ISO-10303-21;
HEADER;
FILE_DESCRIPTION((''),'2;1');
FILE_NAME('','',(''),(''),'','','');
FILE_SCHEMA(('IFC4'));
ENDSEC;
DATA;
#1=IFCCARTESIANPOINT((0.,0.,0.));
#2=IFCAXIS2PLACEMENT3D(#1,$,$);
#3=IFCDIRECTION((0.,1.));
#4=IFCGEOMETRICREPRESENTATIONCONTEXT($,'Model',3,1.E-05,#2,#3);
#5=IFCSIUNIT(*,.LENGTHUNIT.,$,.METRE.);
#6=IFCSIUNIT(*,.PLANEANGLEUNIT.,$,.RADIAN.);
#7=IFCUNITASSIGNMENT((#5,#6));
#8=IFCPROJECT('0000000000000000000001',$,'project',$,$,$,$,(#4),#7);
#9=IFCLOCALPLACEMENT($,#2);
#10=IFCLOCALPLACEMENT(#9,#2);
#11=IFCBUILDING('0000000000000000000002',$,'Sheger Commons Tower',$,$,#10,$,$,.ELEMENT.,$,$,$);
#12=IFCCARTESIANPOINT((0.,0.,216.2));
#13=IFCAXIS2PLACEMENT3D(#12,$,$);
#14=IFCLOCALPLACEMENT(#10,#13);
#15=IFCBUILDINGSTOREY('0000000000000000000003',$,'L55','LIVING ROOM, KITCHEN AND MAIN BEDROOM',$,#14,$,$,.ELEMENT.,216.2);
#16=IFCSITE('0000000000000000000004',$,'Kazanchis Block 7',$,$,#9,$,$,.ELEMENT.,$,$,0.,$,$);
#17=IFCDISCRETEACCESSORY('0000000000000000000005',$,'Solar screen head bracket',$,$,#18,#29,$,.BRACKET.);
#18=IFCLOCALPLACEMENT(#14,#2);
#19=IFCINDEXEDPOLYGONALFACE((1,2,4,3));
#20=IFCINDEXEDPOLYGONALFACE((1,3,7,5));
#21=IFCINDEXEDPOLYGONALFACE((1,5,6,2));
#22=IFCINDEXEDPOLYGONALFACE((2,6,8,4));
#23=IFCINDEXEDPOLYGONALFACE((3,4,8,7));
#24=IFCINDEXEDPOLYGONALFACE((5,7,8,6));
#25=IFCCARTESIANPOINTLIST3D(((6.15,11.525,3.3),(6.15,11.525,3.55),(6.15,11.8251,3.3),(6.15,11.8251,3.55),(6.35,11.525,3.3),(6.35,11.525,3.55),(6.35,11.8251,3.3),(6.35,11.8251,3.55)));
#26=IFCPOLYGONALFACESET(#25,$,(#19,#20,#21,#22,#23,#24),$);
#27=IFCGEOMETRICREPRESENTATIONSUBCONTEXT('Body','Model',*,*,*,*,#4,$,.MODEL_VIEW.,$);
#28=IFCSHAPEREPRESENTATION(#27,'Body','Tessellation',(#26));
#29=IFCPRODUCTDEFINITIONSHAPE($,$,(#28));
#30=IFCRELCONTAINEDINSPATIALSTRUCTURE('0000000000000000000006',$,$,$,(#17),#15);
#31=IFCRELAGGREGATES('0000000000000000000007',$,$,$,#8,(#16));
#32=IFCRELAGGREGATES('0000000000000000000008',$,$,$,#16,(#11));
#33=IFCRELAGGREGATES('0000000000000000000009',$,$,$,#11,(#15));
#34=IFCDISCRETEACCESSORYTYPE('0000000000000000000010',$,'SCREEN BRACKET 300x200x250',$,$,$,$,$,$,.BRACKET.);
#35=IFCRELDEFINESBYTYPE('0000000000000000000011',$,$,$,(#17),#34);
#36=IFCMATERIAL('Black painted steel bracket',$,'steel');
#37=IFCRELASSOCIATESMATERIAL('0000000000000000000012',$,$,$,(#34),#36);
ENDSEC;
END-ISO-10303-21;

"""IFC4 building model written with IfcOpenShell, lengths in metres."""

from ifc_helpers import new_model, si_unit, direction, frame, origin, origin_2d, place, context, subcontext, project, spatial, rectangle, extrude, material, type_object, element, save


model = new_model("IFC4")

# Units and contexts
model_context = context("Model", 3, precision=1e-05, world=origin(), true_north=direction((0.0, 1.0)))
body_context = subcontext(model_context, "Body", "Model", "MODEL_VIEW")
ifc_project = project(units=[si_unit("LENGTHUNIT", "METRE"), si_unit("PLANEANGLEUNIT", "RADIAN")], contexts=[model_context])

# Site, building, storey
site_placement = place(None, origin())
site = spatial("IfcSite", under=ifc_project, at=site_placement, Name="Kazanchis Block 7", CompositionType="ELEMENT", RefElevation=0.0)
building_placement = place(site_placement, origin())
building = spatial("IfcBuilding", under=site, at=building_placement, Name="Sheger Commons Tower", CompositionType="ELEMENT")
storey_placement = place(building_placement, frame((0.0, 0.0, 216.2)))
storey = spatial("IfcBuildingStorey", under=building, at=storey_placement, Name="L55", Description="LIVING ROOM, KITCHEN AND MAIN BEDROOM", CompositionType="ELEMENT", Elevation=216.2)

# Discrete accessory
ifc_material_1 = material(Name="Black painted steel bracket", Category="steel")
discrete_accessory_type = type_object("IfcDiscreteAccessoryType", Name="SCREEN BRACKET 300x200x250", PredefinedType="BRACKET", material=ifc_material_1)
for number, where, z_axis, x_axis, name in (
    (1, (6.25, 11.675, 3.3), (0.0, 0.0, 1.0), (0.0, -1.0, 0.0), "Solar screen head bracket"),
):
    element("IfcDiscreteAccessory", number, at=place(storey_placement, frame(where, z_axis=z_axis, x_axis=x_axis)), inside=storey, type_object=discrete_accessory_type, Name=name, PredefinedType="BRACKET", context=body_context, shape_type="SweptSolid", body=[
        extrude(rectangle(XDim=0.3, YDim=0.2, at=origin_2d()), origin(), (0.0, 0.0, 1.0), 0.25),
    ])

save(model, "model.ifc")
